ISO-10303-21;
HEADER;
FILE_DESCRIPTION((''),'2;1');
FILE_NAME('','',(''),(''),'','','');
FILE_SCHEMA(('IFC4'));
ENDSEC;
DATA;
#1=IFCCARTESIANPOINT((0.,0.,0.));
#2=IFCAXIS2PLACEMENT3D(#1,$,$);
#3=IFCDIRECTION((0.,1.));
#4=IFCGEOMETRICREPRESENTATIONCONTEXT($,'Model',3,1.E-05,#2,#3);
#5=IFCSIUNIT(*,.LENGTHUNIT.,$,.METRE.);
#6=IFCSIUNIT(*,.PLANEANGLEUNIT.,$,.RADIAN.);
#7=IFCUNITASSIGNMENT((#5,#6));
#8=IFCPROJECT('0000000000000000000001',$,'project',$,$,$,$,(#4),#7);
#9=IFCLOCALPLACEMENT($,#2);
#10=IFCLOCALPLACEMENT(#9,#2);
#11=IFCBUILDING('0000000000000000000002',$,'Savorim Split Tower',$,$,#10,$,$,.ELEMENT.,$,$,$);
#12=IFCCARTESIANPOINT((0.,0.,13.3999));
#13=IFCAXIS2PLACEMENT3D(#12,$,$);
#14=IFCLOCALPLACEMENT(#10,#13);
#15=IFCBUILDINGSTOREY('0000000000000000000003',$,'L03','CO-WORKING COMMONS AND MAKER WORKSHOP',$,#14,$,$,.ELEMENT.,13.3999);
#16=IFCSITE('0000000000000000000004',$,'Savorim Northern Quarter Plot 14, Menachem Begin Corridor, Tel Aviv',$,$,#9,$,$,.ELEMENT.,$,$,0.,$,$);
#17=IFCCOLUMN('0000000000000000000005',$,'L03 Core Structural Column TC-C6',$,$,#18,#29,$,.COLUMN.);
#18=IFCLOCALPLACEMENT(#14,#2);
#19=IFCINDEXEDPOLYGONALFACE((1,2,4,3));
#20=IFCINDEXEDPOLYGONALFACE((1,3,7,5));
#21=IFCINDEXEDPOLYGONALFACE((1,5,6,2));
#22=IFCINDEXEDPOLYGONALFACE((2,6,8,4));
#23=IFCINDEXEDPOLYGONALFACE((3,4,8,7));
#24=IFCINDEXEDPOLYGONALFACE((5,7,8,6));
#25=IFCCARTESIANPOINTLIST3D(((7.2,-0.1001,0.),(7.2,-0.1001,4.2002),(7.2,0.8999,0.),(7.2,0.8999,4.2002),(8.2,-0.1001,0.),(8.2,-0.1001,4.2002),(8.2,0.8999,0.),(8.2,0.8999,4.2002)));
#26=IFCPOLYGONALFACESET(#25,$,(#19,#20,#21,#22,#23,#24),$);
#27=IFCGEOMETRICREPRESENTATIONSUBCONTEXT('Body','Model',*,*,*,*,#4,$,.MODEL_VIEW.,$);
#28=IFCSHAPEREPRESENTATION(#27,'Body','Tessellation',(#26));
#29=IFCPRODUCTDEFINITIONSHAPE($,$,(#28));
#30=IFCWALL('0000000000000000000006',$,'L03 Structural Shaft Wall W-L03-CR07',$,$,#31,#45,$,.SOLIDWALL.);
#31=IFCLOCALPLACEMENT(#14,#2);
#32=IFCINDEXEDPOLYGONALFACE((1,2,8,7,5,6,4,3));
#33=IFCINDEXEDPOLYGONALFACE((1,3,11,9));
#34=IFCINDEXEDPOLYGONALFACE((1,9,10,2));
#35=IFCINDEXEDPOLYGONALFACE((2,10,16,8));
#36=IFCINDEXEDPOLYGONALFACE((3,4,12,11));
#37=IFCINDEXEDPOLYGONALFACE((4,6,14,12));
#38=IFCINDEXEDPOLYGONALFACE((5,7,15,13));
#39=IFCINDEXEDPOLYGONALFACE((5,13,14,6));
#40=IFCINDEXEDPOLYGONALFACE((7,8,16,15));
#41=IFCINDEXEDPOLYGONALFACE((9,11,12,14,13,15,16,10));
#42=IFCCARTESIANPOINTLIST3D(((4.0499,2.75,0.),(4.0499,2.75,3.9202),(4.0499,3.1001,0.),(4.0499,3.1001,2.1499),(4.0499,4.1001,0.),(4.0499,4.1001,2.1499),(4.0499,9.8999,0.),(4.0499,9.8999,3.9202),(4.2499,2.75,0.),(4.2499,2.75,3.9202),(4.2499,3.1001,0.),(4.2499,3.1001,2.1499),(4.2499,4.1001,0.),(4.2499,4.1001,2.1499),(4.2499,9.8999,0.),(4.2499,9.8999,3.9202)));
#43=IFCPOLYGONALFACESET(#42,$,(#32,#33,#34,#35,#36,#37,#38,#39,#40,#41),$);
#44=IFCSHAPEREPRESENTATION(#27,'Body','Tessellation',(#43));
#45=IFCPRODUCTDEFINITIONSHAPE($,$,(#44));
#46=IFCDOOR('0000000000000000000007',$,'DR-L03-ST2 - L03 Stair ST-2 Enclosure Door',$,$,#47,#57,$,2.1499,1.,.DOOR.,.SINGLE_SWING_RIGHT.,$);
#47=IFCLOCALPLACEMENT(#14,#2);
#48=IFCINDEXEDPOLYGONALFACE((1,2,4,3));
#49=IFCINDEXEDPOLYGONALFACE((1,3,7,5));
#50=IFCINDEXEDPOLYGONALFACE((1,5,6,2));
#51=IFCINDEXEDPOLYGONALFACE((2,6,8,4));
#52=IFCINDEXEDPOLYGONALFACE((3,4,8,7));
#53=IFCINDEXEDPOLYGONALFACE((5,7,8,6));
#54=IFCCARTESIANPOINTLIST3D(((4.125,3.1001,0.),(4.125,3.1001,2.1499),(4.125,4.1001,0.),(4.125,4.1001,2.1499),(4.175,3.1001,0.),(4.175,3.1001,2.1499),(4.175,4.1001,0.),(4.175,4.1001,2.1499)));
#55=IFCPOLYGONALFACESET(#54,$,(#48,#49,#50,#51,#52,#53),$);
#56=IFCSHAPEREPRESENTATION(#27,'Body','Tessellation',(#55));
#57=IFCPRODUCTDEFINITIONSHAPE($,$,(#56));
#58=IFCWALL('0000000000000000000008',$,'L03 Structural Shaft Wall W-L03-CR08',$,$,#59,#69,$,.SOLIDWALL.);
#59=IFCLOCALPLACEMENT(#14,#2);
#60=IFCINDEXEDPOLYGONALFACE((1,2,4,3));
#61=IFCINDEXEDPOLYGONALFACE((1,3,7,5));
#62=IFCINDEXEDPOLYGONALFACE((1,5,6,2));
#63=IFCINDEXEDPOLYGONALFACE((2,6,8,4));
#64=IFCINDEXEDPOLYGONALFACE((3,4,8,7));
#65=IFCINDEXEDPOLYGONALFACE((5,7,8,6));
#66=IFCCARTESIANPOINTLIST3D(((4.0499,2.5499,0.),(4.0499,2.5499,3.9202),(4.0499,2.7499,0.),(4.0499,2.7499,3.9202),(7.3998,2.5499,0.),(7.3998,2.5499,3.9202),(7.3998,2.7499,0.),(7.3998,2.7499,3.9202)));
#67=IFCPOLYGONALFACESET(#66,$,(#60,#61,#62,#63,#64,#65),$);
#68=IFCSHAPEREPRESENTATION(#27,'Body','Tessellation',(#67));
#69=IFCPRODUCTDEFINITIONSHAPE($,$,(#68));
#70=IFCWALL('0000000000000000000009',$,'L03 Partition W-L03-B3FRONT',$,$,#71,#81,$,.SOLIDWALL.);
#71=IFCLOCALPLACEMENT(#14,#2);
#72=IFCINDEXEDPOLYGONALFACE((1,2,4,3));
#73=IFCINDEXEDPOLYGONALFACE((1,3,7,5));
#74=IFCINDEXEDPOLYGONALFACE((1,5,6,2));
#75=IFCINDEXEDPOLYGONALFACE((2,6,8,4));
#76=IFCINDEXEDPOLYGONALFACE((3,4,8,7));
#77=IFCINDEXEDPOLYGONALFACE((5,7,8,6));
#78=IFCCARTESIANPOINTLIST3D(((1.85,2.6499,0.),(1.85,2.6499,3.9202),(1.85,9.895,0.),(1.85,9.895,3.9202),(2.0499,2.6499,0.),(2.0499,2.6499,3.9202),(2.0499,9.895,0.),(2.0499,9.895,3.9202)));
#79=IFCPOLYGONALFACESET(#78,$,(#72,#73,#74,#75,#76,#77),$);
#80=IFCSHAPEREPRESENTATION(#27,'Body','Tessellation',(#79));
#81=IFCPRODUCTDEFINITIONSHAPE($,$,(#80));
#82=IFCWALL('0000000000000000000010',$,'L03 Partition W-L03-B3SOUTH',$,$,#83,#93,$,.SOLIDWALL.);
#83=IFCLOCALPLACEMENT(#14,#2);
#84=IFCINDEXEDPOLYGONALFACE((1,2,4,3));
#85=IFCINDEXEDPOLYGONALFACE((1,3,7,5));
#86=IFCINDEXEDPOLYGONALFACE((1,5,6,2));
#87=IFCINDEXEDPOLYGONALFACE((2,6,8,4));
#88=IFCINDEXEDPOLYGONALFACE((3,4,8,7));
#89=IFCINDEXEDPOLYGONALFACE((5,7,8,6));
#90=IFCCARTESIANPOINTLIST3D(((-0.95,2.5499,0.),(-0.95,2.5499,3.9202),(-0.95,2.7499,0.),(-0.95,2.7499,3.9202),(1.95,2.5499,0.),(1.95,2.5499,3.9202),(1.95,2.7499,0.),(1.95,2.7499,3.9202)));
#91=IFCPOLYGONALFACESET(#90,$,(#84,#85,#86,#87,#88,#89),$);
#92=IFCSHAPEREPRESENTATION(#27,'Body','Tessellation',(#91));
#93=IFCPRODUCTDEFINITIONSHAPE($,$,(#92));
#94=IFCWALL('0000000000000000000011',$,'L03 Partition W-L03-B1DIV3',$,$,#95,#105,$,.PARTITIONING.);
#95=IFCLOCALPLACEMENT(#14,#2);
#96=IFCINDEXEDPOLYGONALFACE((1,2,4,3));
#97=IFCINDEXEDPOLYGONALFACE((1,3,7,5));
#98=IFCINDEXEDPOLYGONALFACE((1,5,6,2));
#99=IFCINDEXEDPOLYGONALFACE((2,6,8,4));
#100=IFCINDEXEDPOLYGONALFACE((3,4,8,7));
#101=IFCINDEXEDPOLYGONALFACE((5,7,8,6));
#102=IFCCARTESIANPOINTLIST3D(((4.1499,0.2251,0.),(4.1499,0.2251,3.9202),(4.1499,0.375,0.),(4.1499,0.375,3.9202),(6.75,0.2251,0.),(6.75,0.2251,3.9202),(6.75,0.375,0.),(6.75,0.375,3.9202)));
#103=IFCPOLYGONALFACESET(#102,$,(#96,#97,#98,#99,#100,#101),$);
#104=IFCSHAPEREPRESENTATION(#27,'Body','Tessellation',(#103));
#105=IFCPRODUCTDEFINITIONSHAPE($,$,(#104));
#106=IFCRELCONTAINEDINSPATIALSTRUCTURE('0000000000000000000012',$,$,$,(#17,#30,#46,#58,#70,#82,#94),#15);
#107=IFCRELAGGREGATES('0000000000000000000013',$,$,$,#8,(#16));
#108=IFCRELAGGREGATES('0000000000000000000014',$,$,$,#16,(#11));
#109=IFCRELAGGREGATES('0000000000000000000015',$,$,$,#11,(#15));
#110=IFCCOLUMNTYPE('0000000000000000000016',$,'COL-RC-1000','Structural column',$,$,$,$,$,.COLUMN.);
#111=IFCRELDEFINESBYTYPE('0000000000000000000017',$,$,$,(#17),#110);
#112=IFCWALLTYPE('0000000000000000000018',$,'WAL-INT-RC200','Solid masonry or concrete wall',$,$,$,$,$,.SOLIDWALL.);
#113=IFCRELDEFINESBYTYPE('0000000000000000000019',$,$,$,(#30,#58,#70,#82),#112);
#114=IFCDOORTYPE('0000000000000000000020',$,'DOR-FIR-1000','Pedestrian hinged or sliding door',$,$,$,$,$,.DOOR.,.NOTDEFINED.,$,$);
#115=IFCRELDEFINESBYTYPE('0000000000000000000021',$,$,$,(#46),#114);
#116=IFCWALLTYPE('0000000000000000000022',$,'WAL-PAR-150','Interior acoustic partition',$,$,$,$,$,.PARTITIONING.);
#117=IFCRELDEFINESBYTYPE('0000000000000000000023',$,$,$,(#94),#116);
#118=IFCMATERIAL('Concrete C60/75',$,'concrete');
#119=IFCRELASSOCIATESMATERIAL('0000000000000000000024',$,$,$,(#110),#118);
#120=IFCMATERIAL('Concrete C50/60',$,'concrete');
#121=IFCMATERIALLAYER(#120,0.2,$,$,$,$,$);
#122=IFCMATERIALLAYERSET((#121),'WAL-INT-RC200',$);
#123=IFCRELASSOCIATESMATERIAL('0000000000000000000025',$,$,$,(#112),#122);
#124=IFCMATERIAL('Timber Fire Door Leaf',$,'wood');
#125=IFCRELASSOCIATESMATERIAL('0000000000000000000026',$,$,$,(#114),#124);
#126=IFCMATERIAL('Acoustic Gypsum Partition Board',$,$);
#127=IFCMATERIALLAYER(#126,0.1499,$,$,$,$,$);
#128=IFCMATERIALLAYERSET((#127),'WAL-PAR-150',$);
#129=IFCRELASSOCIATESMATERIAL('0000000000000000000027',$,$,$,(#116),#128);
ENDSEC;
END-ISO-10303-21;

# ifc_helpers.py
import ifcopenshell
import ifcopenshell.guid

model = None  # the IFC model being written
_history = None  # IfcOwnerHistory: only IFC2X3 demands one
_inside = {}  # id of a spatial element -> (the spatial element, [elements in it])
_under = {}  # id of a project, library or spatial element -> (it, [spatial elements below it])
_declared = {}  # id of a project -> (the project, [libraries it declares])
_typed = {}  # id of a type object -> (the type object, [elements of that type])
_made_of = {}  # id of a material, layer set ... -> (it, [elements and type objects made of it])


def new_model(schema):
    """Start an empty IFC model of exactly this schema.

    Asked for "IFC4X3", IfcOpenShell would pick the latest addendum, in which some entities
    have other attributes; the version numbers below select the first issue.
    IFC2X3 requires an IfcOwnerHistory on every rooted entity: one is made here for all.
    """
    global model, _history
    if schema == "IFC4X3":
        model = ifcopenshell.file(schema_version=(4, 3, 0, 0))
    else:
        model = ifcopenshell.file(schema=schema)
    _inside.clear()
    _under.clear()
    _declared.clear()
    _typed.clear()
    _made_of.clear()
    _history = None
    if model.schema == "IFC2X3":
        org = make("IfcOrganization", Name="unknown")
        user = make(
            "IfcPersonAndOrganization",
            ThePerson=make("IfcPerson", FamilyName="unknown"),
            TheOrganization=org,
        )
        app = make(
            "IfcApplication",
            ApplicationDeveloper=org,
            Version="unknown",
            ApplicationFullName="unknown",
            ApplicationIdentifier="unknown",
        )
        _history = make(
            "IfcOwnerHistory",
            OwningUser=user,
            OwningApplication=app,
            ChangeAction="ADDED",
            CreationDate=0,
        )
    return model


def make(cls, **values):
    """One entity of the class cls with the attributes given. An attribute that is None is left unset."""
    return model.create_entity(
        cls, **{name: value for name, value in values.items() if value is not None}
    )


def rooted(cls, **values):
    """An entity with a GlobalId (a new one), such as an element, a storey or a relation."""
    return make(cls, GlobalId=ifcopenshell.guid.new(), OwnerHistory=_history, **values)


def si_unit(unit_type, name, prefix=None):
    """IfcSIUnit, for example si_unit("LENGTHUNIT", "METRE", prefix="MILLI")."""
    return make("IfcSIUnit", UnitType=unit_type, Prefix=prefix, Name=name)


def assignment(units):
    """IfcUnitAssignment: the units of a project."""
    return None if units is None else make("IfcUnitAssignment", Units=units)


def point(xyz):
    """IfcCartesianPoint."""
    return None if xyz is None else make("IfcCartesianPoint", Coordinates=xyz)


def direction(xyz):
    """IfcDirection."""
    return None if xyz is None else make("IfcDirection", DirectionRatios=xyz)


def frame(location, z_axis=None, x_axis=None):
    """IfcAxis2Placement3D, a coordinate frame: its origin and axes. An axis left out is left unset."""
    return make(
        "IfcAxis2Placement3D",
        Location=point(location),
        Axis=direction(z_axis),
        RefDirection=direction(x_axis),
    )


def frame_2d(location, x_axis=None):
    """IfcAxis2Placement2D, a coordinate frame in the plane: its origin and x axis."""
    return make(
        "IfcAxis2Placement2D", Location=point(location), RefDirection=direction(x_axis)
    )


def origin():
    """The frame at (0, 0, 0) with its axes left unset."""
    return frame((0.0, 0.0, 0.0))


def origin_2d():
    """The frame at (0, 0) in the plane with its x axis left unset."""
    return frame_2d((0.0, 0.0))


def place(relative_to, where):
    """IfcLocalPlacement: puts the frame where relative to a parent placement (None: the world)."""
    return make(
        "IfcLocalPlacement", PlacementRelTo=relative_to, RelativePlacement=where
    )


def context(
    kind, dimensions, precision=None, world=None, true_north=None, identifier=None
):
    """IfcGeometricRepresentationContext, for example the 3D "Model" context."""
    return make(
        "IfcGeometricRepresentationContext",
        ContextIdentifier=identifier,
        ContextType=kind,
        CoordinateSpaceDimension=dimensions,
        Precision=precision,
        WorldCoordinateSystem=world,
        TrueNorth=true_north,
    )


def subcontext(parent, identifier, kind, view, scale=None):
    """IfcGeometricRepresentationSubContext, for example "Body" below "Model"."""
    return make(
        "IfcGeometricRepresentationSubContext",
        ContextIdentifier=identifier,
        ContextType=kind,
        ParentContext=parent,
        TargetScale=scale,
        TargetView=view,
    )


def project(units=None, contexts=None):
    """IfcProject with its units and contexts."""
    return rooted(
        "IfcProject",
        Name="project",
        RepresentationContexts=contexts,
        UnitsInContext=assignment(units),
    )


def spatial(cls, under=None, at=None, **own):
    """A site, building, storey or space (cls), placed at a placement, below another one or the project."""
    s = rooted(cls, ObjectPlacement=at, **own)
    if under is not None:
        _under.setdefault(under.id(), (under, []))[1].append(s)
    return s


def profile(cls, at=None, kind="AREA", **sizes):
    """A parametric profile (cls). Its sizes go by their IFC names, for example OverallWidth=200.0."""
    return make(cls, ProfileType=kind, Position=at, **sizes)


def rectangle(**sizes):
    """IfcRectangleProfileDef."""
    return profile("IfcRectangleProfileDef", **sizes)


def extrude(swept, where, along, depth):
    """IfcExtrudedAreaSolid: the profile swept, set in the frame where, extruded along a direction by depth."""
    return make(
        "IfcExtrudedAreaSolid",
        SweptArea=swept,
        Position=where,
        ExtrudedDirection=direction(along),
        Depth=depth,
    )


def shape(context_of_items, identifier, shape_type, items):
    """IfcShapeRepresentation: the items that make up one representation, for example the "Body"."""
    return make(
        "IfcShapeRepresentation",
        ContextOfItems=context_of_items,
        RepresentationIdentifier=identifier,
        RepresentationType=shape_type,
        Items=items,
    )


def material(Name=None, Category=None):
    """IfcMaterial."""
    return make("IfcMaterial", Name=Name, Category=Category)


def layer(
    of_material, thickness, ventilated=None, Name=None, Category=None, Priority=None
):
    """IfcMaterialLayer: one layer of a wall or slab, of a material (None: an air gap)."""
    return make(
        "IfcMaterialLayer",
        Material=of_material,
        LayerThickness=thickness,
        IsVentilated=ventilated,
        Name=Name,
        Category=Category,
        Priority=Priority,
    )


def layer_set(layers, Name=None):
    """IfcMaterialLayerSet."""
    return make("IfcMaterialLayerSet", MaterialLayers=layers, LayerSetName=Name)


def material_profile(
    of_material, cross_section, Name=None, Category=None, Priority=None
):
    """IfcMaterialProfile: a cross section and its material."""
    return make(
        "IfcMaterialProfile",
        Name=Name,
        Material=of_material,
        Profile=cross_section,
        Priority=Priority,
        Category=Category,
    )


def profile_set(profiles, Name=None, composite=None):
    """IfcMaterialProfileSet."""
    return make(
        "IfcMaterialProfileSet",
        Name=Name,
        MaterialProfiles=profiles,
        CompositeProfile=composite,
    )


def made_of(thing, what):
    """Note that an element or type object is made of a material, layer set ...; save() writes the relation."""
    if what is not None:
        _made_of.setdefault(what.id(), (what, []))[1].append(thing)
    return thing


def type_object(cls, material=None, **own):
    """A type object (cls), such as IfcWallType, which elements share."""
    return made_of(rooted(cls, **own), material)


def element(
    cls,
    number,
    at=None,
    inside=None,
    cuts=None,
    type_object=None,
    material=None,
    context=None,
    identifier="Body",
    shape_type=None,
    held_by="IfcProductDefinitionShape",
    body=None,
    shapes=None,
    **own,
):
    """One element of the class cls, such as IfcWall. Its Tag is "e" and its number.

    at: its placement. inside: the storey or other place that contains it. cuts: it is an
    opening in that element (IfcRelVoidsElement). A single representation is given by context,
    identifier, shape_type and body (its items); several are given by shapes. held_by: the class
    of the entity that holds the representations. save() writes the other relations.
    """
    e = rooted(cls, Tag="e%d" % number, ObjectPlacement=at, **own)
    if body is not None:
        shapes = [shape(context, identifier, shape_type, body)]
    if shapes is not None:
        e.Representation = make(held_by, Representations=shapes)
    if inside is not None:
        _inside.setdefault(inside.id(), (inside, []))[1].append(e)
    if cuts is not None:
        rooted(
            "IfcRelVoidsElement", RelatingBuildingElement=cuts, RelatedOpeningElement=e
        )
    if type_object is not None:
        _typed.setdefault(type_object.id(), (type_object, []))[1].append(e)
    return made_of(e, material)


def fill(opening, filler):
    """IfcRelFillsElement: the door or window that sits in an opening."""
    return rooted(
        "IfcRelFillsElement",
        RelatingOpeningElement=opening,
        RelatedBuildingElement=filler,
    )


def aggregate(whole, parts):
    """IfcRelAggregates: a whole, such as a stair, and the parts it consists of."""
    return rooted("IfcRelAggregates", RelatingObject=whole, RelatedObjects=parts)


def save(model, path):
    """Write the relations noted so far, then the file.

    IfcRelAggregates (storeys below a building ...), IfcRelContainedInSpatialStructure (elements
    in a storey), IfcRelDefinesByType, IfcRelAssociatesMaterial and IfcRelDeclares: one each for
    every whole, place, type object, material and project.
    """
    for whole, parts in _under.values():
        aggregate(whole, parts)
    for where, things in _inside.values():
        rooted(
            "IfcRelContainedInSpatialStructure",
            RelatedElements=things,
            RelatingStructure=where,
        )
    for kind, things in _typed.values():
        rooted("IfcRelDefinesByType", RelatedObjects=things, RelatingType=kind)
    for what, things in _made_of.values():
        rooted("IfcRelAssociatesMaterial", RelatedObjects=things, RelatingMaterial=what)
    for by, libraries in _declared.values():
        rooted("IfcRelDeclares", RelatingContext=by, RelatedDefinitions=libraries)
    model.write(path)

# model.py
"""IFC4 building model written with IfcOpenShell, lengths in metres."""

from ifc_helpers import new_model, si_unit, direction, frame, frame_2d, origin, origin_2d, place, context, subcontext, project, spatial, rectangle, extrude, material, layer, layer_set, material_profile, profile_set, type_object, element, fill, save


model = new_model("IFC4")

# Units and contexts
model_context = context("Model", 3, precision=1e-05, world=origin(), true_north=direction((0.0, 1.0)))
body_context = subcontext(model_context, "Body", "Model", "MODEL_VIEW")
ifc_project = project(units=[si_unit("LENGTHUNIT", "METRE"), si_unit("PLANEANGLEUNIT", "RADIAN")], contexts=[model_context])

# Site, building, storey
site_placement = place(None, origin())
site = spatial("IfcSite", under=ifc_project, at=site_placement, Name="Savorim Northern Quarter Plot 14, Menachem Begin Corridor, Tel Aviv", CompositionType="ELEMENT", RefElevation=0.0)
building_placement = place(site_placement, origin())
building = spatial("IfcBuilding", under=site, at=building_placement, Name="Savorim Split Tower", CompositionType="ELEMENT")
storey_placement = place(building_placement, frame((0.0, 0.0, 13.3999)))
storey = spatial("IfcBuildingStorey", under=building, at=storey_placement, Name="L03", Description="CO-WORKING COMMONS AND MAKER WORKSHOP", CompositionType="ELEMENT", Elevation=13.3999)

# Column
ifc_material_1 = material(Name="Concrete C60/75", Category="concrete")
ifc_material_profile = material_profile(ifc_material_1, rectangle(XDim=1.0, YDim=1.0, at=origin_2d()), Name="RC 1000x1000")
ifc_profile_set = profile_set([ifc_material_profile], Name="Concrete C60/75")
column_type = type_object("IfcColumnType", Name="COL-RC-1000", Description="Structural column", PredefinedType="COLUMN", material=ifc_profile_set)
column_placement = place(storey_placement, frame((7.7, 0.3999, 0.0), z_axis=(0.0, 0.0, 1.0), x_axis=(1.0, 0.0, 0.0)))
element("IfcColumn", 1, at=column_placement, inside=storey, type_object=column_type, Name="L03 Core Structural Column TC-C6", PredefinedType="COLUMN", context=body_context, shape_type="SweptSolid", body=[
    extrude(rectangle(XDim=1.0, YDim=1.0, at=origin_2d()), origin(), (0.0, 0.0, 1.0), 4.2002),
])

# Wall, opening, door
ifc_material_2 = material(Name="Concrete C50/60", Category="concrete")
ifc_layer_1 = layer(ifc_material_2, 0.2)
ifc_layer_set_1 = layer_set([ifc_layer_1], Name="WAL-INT-RC200")
wall_type_1 = type_object("IfcWallType", Name="WAL-INT-RC200", Description="Solid masonry or concrete wall", PredefinedType="SOLIDWALL", material=ifc_layer_set_1)
wall_1_placement = place(storey_placement, frame((4.1499, 2.75, 0.0), z_axis=(0.0, 0.0, 1.0), x_axis=(0.0, 1.0, 0.0)))
wall_1 = element("IfcWall", 2, at=wall_1_placement, inside=storey, type_object=wall_type_1, Name="L03 Structural Shaft Wall W-L03-CR07", PredefinedType="SOLIDWALL", context=body_context, shape_type="SweptSolid", body=[
    extrude(rectangle(XDim=7.1499, YDim=0.2, at=frame_2d((3.575, 0.0))), origin(), (0.0, 0.0, 1.0), 3.9202),
])
opening_placement = place(wall_1_placement, frame((0.3501, 0.0, 0.0)))
opening = element("IfcOpeningElement", 3, at=opening_placement, cuts=wall_1, PredefinedType="OPENING", context=body_context, shape_type="SweptSolid", body=[
    extrude(rectangle(XDim=1.0, YDim=2.1499, at=frame_2d((0.5, 1.075))), frame((0.0, 0.1099, 0.0), z_axis=(0.0, -1.0, 0.0), x_axis=(1.0, 0.0, 0.0)), (0.0, 0.0, 1.0), 0.22),
])
ifc_material_3 = material(Name="Timber Fire Door Leaf", Category="wood")
door_type = type_object("IfcDoorType", Name="DOR-FIR-1000", Description="Pedestrian hinged or sliding door", OperationType="NOTDEFINED", PredefinedType="DOOR", material=ifc_material_3)
door_placement = place(opening_placement, origin())
door = element("IfcDoor", 4, at=door_placement, inside=storey, type_object=door_type, Name="DR-L03-ST2 - L03 Stair ST-2 Enclosure Door", OperationType="SINGLE_SWING_RIGHT", OverallHeight=2.1499, OverallWidth=1.0, PredefinedType="DOOR", context=body_context, shape_type="SweptSolid", body=[
    extrude(rectangle(XDim=1.0, YDim=2.1499, at=frame_2d((0.5, 1.075))), frame((0.0, 0.0249, 0.0), z_axis=(0.0, -1.0, 0.0), x_axis=(1.0, 0.0, 0.0)), (0.0, 0.0, 1.0), 0.05),
])
fill(opening, door)

# Walls
wall_2_placement = place(storey_placement, frame((4.05, 2.6499, 0.0), z_axis=(0.0, 0.0, 1.0), x_axis=(1.0, 0.0, 0.0)))
element("IfcWall", 5, at=wall_2_placement, inside=storey, type_object=wall_type_1, Name="L03 Structural Shaft Wall W-L03-CR08", PredefinedType="SOLIDWALL", context=body_context, shape_type="SweptSolid", body=[
    extrude(rectangle(XDim=3.3499, YDim=0.2, at=frame_2d((1.6748, 0.0))), origin(), (0.0, 0.0, 1.0), 3.9202),
])
wall_3_placement = place(storey_placement, frame((1.95, 2.6499, 0.0), z_axis=(0.0, 0.0, 1.0), x_axis=(0.0, 1.0, 0.0)))
element("IfcWall", 6, at=wall_3_placement, inside=storey, type_object=wall_type_1, Name="L03 Partition W-L03-B3FRONT", PredefinedType="SOLIDWALL", context=body_context, shape_type="SweptSolid", body=[
    extrude(rectangle(XDim=7.2451, YDim=0.2, at=frame_2d((3.6226, 0.0))), origin(), (0.0, 0.0, 1.0), 3.9202),
])
wall_4_placement = place(storey_placement, frame((-0.95, 2.6499, 0.0), z_axis=(0.0, 0.0, 1.0), x_axis=(1.0, 0.0, 0.0)))
element("IfcWall", 7, at=wall_4_placement, inside=storey, type_object=wall_type_1, Name="L03 Partition W-L03-B3SOUTH", PredefinedType="SOLIDWALL", context=body_context, shape_type="SweptSolid", body=[
    extrude(rectangle(XDim=2.8999, YDim=0.2, at=frame_2d((1.45, 0.0))), origin(), (0.0, 0.0, 1.0), 3.9202),
])
ifc_material_4 = material(Name="Acoustic Gypsum Partition Board")
ifc_layer_2 = layer(ifc_material_4, 0.1499)
ifc_layer_set_2 = layer_set([ifc_layer_2], Name="WAL-PAR-150")
wall_type_2 = type_object("IfcWallType", Name="WAL-PAR-150", Description="Interior acoustic partition", PredefinedType="PARTITIONING", material=ifc_layer_set_2)
wall_5_placement = place(storey_placement, frame((4.1499, 0.3, 0.0), z_axis=(0.0, 0.0, 1.0), x_axis=(1.0, 0.0, 0.0)))
element("IfcWall", 8, at=wall_5_placement, inside=storey, type_object=wall_type_2, Name="L03 Partition W-L03-B1DIV3", PredefinedType="PARTITIONING", context=body_context, shape_type="SweptSolid", body=[
    extrude(rectangle(XDim=2.6001, YDim=0.1499, at=frame_2d((1.3, 0.0))), origin(), (0.0, 0.0, 1.0), 3.9202),
])

save(model, "model.ifc")
